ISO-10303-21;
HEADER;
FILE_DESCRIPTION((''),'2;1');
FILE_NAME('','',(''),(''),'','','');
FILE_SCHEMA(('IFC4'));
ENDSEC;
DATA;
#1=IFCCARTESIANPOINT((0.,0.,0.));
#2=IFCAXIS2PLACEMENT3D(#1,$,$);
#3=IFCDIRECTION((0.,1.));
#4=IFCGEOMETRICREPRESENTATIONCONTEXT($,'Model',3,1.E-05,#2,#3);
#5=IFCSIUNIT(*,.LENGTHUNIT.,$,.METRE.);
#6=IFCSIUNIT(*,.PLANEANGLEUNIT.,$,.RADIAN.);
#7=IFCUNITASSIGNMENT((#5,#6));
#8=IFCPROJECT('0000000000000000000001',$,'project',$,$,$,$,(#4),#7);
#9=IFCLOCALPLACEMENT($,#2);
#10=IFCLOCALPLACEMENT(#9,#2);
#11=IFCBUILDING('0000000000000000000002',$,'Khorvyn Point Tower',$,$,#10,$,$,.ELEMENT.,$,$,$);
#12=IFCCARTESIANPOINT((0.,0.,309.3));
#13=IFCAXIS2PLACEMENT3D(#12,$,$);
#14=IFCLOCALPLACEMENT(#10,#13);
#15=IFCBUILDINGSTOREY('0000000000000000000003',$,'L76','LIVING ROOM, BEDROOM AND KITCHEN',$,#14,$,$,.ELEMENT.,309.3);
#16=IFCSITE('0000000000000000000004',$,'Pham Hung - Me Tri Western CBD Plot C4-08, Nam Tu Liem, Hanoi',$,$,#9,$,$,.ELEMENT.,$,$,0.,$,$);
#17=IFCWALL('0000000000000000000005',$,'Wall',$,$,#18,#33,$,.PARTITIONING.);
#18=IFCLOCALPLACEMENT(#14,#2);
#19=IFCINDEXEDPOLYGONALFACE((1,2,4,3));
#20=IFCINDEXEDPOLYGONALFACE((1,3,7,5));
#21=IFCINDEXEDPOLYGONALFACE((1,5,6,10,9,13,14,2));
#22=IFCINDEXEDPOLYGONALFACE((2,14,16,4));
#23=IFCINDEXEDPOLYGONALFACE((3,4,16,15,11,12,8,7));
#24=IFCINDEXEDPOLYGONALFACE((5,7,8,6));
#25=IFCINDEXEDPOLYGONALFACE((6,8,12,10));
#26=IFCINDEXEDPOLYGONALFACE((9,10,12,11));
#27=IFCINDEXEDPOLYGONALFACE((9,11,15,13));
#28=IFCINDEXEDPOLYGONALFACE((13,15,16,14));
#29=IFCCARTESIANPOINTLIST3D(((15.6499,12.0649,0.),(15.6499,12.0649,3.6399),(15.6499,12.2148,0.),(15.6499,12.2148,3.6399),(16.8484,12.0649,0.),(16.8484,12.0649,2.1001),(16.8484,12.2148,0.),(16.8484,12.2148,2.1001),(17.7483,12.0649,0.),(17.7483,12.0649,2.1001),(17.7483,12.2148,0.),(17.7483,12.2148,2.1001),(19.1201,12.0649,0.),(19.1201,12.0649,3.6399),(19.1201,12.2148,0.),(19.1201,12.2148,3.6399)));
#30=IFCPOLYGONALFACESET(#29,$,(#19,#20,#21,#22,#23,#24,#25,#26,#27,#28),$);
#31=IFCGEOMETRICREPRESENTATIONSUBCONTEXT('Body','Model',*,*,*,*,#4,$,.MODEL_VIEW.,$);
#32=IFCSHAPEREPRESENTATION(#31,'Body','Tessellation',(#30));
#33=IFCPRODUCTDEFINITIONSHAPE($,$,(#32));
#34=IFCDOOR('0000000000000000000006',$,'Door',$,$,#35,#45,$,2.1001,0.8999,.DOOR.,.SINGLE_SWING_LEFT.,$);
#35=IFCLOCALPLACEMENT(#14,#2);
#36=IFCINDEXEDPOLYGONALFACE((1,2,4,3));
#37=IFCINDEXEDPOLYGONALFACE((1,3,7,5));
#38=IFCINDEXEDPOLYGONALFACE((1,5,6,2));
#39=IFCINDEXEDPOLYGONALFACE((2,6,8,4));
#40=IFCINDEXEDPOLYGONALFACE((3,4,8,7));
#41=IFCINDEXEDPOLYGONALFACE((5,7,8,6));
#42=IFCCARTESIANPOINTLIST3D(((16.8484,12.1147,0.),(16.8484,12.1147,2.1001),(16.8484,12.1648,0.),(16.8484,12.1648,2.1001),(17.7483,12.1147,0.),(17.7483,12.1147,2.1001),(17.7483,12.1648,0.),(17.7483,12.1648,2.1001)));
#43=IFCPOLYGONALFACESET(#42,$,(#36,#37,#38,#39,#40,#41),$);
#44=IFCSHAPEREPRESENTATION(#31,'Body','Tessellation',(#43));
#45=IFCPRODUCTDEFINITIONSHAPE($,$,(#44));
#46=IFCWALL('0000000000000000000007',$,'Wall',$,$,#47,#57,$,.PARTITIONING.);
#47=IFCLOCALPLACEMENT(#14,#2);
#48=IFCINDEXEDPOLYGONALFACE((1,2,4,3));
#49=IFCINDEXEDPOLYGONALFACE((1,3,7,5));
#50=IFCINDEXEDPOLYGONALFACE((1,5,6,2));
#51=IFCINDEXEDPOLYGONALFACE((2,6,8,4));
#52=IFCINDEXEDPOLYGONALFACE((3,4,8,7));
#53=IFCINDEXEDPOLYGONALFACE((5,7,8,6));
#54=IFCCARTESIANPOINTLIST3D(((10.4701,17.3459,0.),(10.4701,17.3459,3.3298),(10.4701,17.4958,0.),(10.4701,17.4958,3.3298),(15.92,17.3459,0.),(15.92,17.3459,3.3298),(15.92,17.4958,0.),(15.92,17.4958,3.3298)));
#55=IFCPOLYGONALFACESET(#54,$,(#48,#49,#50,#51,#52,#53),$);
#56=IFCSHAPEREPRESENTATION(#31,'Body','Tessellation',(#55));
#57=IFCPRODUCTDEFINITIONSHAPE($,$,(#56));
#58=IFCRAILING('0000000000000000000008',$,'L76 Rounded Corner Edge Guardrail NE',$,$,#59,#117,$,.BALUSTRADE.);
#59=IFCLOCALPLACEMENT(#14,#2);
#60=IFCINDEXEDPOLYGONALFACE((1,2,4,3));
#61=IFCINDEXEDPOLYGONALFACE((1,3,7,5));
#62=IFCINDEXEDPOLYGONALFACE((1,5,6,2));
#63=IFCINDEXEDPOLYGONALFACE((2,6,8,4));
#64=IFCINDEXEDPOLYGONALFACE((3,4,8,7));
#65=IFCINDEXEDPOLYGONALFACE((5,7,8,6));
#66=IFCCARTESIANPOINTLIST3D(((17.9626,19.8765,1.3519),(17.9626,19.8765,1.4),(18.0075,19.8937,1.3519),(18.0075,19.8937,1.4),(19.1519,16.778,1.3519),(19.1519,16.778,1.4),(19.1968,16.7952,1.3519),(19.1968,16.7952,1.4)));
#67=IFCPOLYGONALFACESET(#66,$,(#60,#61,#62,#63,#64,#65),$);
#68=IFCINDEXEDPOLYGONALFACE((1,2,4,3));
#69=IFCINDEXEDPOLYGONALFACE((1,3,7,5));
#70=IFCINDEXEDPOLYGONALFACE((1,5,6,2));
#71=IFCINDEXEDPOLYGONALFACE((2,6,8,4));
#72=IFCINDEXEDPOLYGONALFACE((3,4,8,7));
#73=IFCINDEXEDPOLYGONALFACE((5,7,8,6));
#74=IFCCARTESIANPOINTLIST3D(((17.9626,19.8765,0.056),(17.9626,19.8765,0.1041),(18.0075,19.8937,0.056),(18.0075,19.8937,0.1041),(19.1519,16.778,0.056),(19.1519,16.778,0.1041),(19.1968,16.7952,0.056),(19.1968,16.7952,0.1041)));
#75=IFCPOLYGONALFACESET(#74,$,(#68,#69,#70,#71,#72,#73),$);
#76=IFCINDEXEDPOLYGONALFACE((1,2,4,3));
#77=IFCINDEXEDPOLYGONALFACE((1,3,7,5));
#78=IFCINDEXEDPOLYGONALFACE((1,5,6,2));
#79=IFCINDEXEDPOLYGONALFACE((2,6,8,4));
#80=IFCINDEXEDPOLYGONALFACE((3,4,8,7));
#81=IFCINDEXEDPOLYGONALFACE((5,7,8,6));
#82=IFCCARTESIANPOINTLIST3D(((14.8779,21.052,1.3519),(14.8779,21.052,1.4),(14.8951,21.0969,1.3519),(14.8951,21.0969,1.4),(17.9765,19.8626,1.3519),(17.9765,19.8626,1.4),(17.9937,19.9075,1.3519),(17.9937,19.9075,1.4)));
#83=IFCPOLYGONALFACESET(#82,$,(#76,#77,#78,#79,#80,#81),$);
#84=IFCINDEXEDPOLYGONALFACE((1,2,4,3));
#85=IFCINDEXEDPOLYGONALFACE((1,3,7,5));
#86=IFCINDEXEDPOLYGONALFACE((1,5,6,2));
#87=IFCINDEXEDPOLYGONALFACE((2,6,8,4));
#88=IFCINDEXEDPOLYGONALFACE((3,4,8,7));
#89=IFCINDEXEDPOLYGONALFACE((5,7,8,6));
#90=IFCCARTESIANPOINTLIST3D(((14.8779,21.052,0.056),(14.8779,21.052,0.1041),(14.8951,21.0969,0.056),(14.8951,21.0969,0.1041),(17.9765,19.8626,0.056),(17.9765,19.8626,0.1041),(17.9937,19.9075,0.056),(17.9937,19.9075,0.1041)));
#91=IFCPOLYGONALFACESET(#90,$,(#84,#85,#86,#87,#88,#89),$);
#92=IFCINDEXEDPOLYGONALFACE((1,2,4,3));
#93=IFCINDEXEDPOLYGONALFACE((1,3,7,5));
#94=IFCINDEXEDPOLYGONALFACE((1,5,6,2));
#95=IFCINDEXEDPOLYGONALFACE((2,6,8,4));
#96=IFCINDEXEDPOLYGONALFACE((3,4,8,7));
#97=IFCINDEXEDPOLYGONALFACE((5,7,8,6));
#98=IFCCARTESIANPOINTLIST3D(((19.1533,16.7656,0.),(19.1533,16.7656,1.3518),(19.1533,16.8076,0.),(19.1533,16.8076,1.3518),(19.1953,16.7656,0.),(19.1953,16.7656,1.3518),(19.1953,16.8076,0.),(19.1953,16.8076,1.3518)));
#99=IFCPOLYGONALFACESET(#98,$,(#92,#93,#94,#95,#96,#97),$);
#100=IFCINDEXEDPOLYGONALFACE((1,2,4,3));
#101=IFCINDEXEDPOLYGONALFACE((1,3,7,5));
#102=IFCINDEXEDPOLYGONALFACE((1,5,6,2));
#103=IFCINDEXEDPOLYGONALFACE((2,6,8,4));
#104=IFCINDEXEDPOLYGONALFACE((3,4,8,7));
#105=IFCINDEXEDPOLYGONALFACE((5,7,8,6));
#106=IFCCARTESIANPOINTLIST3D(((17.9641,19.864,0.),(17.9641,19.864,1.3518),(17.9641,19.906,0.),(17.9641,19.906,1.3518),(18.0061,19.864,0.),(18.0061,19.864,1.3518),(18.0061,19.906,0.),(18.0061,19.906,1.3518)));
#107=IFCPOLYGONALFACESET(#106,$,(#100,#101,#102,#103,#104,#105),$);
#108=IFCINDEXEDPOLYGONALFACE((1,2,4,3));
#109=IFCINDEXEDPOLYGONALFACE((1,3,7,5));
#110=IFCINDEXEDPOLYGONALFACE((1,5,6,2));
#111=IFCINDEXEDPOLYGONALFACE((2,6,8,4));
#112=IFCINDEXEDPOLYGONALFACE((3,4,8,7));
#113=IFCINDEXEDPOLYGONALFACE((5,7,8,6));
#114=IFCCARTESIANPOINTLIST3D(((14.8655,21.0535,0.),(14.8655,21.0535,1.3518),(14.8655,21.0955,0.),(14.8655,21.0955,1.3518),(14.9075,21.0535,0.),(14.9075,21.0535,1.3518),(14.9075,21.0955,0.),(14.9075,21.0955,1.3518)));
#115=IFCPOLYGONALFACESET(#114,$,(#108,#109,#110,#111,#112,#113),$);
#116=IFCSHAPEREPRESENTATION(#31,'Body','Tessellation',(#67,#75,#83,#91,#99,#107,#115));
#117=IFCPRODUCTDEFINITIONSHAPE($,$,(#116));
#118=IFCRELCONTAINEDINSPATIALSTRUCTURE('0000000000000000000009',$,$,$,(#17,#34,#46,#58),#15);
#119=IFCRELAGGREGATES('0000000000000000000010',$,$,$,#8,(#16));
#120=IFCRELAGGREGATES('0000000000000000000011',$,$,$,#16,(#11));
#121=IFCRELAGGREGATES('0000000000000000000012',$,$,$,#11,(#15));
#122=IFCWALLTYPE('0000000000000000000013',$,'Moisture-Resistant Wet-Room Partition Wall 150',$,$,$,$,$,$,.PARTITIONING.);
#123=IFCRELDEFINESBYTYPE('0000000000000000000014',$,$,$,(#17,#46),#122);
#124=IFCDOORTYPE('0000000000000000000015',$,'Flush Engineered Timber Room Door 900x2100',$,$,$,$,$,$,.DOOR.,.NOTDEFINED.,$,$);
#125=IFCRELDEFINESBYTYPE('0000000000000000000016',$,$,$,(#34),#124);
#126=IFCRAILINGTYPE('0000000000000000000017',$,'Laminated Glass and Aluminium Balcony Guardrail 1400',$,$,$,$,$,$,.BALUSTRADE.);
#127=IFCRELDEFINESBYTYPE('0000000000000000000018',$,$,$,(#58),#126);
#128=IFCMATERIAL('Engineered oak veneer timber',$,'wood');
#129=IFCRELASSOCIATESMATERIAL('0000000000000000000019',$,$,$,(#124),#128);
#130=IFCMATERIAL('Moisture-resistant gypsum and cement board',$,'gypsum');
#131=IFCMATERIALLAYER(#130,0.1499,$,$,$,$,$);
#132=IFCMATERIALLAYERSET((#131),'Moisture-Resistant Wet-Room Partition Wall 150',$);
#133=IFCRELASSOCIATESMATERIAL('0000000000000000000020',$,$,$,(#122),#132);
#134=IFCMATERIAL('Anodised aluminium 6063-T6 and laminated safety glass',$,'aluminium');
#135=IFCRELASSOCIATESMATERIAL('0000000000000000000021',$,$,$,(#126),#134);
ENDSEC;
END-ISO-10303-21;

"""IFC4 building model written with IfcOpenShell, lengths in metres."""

from ifc_helpers import new_model, si_unit, direction, frame, frame_2d, origin, origin_2d, place, context, subcontext, project, spatial, rectangle, extrude, material, layer, layer_set, type_object, element, fill, save


model = new_model("IFC4")

# Units and contexts
model_context = context("Model", 3, precision=1e-05, world=origin(), true_north=direction((0.0, 1.0)))
body_context = subcontext(model_context, "Body", "Model", "MODEL_VIEW")
ifc_project = project(units=[si_unit("LENGTHUNIT", "METRE"), si_unit("PLANEANGLEUNIT", "RADIAN")], contexts=[model_context])

# Site, building, storey
site_placement = place(None, origin())
site = spatial("IfcSite", under=ifc_project, at=site_placement, Name="Pham Hung - Me Tri Western CBD Plot C4-08, Nam Tu Liem, Hanoi", CompositionType="ELEMENT", RefElevation=0.0)
building_placement = place(site_placement, origin())
building = spatial("IfcBuilding", under=site, at=building_placement, Name="Khorvyn Point Tower", CompositionType="ELEMENT")
storey_placement = place(building_placement, frame((0.0, 0.0, 309.3)))
storey = spatial("IfcBuildingStorey", under=building, at=storey_placement, Name="L76", Description="LIVING ROOM, BEDROOM AND KITCHEN", CompositionType="ELEMENT", Elevation=309.3)

# Wall, opening, door
ifc_material_1 = material(Name="Engineered oak veneer timber", Category="wood")
door_type = type_object("IfcDoorType", Name="Flush Engineered Timber Room Door 900x2100", OperationType="NOTDEFINED", PredefinedType="DOOR", material=ifc_material_1)
ifc_material_2 = material(Name="Moisture-resistant gypsum and cement board", Category="gypsum")
ifc_layer_1 = layer(ifc_material_2, 0.1499)
ifc_layer_set_1 = layer_set([ifc_layer_1], Name="Moisture-Resistant Wet-Room Partition Wall 150")
wall_type_1 = type_object("IfcWallType", Name="Moisture-Resistant Wet-Room Partition Wall 150", PredefinedType="PARTITIONING", material=ifc_layer_set_1)
wall_1_placement = place(storey_placement, frame((15.6499, 12.1399, 0.0), z_axis=(0.0, 0.0, 1.0), x_axis=(1.0, 0.0, 0.0)))
wall_1 = element("IfcWall", 1, at=wall_1_placement, inside=storey, type_object=wall_type_1, Name="Wall", PredefinedType="PARTITIONING", context=body_context, shape_type="SweptSolid", body=[
    extrude(rectangle(XDim=3.4702, YDim=0.1499, at=frame_2d((1.7351, 0.0))), origin(), (0.0, 0.0, 1.0), 3.6399),
])
opening_1_placement = place(wall_1_placement, frame((1.1985, 0.0, 0.0)))
opening_1 = element("IfcOpeningElement", 2, at=opening_1_placement, cuts=wall_1, PredefinedType="OPENING", context=body_context, shape_type="SweptSolid", body=[
    extrude(rectangle(XDim=0.8999, YDim=2.1001, at=frame_2d((0.45, 1.05))), frame((0.0, 0.085, 0.0), z_axis=(0.0, -1.0, 0.0), x_axis=(1.0, 0.0, 0.0)), (0.0, 0.0, 1.0), 0.1699),
])
door_1_placement = place(opening_1_placement, origin())
door_1 = element("IfcDoor", 3, at=door_1_placement, inside=storey, type_object=door_type, Name="Door", OperationType="SINGLE_SWING_LEFT", OverallHeight=2.1001, OverallWidth=0.8999, PredefinedType="DOOR", context=body_context, shape_type="SweptSolid", body=[
    extrude(rectangle(XDim=0.8999, YDim=2.1001, at=frame_2d((0.45, 1.05))), frame((0.0, 0.0249, 0.0), z_axis=(0.0, -1.0, 0.0), x_axis=(1.0, 0.0, 0.0)), (0.0, 0.0, 1.0), 0.05),
])
fill(opening_1, door_1)

# Wall
wall_2_placement = place(storey_placement, frame((10.47, 17.4209, 0.0), z_axis=(0.0, 0.0, 1.0), x_axis=(1.0, 0.0, 0.0)))
element("IfcWall", 4, at=wall_2_placement, inside=storey, type_object=wall_type_1, Name="Wall", PredefinedType="PARTITIONING", context=body_context, shape_type="SweptSolid", body=[
    extrude(rectangle(XDim=5.45, YDim=0.1499, at=frame_2d((2.7251, 0.0))), origin(), (0.0, 0.0, 1.0), 3.3298),
])

# Railing
ifc_material_3 = material(Name="Anodised aluminium 6063-T6 and laminated safety glass", Category="aluminium")
railing_type = type_object("IfcRailingType", Name="Laminated Glass and Aluminium Balcony Guardrail 1400", PredefinedType="BALUSTRADE", material=ifc_material_3)
railing_1_placement = place(storey_placement, frame((19.1743, 16.7866, 0.0)))
element("IfcRailing", 5, at=railing_1_placement, inside=storey, type_object=railing_type, Name="L76 Rounded Corner Edge Guardrail NE", PredefinedType="BALUSTRADE", context=body_context, shape_type="SweptSolid", body=[
    extrude(rectangle(XDim=0.0481, YDim=0.0481, at=origin_2d()), frame((0.0, 0.0, 1.376), z_axis=(-0.358328, 0.933596, 0.0), x_axis=(-0.933596, -0.358328, 0.0)), (0.0, 0.0, 1.0), 3.3188),
    extrude(rectangle(XDim=0.0481, YDim=0.0481, at=origin_2d()), frame((0.0, 0.0, 0.0801), z_axis=(-0.358328, 0.933596, 0.0), x_axis=(-0.933596, -0.358328, 0.0)), (0.0, 0.0, 1.0), 3.3188),
    extrude(rectangle(XDim=0.0481, YDim=0.0481, at=origin_2d()), frame((-1.1892, 3.0984, 1.376), z_axis=(-0.93358, 0.358368, 0.0), x_axis=(-0.358368, -0.93358, 0.0)), (0.0, 0.0, 1.0), 3.3191),
    extrude(rectangle(XDim=0.0481, YDim=0.0481, at=origin_2d()), frame((-1.1892, 3.0984, 0.0801), z_axis=(-0.93358, 0.358368, 0.0), x_axis=(-0.358368, -0.93358, 0.0)), (0.0, 0.0, 1.0), 3.3191),
    extrude(rectangle(XDim=0.042, YDim=0.042, at=origin_2d()), origin(), (0.0, 0.0, 1.0), 1.3518),
    extrude(rectangle(XDim=0.042, YDim=0.042, at=origin_2d()), frame((-1.1892, 3.0984, 0.0)), (0.0, 0.0, 1.0), 1.3518),
    extrude(rectangle(XDim=0.042, YDim=0.042, at=origin_2d()), frame((-4.2878, 4.2878, 0.0)), (0.0, 0.0, 1.0), 1.3518),
])

save(model, "model.ifc")
